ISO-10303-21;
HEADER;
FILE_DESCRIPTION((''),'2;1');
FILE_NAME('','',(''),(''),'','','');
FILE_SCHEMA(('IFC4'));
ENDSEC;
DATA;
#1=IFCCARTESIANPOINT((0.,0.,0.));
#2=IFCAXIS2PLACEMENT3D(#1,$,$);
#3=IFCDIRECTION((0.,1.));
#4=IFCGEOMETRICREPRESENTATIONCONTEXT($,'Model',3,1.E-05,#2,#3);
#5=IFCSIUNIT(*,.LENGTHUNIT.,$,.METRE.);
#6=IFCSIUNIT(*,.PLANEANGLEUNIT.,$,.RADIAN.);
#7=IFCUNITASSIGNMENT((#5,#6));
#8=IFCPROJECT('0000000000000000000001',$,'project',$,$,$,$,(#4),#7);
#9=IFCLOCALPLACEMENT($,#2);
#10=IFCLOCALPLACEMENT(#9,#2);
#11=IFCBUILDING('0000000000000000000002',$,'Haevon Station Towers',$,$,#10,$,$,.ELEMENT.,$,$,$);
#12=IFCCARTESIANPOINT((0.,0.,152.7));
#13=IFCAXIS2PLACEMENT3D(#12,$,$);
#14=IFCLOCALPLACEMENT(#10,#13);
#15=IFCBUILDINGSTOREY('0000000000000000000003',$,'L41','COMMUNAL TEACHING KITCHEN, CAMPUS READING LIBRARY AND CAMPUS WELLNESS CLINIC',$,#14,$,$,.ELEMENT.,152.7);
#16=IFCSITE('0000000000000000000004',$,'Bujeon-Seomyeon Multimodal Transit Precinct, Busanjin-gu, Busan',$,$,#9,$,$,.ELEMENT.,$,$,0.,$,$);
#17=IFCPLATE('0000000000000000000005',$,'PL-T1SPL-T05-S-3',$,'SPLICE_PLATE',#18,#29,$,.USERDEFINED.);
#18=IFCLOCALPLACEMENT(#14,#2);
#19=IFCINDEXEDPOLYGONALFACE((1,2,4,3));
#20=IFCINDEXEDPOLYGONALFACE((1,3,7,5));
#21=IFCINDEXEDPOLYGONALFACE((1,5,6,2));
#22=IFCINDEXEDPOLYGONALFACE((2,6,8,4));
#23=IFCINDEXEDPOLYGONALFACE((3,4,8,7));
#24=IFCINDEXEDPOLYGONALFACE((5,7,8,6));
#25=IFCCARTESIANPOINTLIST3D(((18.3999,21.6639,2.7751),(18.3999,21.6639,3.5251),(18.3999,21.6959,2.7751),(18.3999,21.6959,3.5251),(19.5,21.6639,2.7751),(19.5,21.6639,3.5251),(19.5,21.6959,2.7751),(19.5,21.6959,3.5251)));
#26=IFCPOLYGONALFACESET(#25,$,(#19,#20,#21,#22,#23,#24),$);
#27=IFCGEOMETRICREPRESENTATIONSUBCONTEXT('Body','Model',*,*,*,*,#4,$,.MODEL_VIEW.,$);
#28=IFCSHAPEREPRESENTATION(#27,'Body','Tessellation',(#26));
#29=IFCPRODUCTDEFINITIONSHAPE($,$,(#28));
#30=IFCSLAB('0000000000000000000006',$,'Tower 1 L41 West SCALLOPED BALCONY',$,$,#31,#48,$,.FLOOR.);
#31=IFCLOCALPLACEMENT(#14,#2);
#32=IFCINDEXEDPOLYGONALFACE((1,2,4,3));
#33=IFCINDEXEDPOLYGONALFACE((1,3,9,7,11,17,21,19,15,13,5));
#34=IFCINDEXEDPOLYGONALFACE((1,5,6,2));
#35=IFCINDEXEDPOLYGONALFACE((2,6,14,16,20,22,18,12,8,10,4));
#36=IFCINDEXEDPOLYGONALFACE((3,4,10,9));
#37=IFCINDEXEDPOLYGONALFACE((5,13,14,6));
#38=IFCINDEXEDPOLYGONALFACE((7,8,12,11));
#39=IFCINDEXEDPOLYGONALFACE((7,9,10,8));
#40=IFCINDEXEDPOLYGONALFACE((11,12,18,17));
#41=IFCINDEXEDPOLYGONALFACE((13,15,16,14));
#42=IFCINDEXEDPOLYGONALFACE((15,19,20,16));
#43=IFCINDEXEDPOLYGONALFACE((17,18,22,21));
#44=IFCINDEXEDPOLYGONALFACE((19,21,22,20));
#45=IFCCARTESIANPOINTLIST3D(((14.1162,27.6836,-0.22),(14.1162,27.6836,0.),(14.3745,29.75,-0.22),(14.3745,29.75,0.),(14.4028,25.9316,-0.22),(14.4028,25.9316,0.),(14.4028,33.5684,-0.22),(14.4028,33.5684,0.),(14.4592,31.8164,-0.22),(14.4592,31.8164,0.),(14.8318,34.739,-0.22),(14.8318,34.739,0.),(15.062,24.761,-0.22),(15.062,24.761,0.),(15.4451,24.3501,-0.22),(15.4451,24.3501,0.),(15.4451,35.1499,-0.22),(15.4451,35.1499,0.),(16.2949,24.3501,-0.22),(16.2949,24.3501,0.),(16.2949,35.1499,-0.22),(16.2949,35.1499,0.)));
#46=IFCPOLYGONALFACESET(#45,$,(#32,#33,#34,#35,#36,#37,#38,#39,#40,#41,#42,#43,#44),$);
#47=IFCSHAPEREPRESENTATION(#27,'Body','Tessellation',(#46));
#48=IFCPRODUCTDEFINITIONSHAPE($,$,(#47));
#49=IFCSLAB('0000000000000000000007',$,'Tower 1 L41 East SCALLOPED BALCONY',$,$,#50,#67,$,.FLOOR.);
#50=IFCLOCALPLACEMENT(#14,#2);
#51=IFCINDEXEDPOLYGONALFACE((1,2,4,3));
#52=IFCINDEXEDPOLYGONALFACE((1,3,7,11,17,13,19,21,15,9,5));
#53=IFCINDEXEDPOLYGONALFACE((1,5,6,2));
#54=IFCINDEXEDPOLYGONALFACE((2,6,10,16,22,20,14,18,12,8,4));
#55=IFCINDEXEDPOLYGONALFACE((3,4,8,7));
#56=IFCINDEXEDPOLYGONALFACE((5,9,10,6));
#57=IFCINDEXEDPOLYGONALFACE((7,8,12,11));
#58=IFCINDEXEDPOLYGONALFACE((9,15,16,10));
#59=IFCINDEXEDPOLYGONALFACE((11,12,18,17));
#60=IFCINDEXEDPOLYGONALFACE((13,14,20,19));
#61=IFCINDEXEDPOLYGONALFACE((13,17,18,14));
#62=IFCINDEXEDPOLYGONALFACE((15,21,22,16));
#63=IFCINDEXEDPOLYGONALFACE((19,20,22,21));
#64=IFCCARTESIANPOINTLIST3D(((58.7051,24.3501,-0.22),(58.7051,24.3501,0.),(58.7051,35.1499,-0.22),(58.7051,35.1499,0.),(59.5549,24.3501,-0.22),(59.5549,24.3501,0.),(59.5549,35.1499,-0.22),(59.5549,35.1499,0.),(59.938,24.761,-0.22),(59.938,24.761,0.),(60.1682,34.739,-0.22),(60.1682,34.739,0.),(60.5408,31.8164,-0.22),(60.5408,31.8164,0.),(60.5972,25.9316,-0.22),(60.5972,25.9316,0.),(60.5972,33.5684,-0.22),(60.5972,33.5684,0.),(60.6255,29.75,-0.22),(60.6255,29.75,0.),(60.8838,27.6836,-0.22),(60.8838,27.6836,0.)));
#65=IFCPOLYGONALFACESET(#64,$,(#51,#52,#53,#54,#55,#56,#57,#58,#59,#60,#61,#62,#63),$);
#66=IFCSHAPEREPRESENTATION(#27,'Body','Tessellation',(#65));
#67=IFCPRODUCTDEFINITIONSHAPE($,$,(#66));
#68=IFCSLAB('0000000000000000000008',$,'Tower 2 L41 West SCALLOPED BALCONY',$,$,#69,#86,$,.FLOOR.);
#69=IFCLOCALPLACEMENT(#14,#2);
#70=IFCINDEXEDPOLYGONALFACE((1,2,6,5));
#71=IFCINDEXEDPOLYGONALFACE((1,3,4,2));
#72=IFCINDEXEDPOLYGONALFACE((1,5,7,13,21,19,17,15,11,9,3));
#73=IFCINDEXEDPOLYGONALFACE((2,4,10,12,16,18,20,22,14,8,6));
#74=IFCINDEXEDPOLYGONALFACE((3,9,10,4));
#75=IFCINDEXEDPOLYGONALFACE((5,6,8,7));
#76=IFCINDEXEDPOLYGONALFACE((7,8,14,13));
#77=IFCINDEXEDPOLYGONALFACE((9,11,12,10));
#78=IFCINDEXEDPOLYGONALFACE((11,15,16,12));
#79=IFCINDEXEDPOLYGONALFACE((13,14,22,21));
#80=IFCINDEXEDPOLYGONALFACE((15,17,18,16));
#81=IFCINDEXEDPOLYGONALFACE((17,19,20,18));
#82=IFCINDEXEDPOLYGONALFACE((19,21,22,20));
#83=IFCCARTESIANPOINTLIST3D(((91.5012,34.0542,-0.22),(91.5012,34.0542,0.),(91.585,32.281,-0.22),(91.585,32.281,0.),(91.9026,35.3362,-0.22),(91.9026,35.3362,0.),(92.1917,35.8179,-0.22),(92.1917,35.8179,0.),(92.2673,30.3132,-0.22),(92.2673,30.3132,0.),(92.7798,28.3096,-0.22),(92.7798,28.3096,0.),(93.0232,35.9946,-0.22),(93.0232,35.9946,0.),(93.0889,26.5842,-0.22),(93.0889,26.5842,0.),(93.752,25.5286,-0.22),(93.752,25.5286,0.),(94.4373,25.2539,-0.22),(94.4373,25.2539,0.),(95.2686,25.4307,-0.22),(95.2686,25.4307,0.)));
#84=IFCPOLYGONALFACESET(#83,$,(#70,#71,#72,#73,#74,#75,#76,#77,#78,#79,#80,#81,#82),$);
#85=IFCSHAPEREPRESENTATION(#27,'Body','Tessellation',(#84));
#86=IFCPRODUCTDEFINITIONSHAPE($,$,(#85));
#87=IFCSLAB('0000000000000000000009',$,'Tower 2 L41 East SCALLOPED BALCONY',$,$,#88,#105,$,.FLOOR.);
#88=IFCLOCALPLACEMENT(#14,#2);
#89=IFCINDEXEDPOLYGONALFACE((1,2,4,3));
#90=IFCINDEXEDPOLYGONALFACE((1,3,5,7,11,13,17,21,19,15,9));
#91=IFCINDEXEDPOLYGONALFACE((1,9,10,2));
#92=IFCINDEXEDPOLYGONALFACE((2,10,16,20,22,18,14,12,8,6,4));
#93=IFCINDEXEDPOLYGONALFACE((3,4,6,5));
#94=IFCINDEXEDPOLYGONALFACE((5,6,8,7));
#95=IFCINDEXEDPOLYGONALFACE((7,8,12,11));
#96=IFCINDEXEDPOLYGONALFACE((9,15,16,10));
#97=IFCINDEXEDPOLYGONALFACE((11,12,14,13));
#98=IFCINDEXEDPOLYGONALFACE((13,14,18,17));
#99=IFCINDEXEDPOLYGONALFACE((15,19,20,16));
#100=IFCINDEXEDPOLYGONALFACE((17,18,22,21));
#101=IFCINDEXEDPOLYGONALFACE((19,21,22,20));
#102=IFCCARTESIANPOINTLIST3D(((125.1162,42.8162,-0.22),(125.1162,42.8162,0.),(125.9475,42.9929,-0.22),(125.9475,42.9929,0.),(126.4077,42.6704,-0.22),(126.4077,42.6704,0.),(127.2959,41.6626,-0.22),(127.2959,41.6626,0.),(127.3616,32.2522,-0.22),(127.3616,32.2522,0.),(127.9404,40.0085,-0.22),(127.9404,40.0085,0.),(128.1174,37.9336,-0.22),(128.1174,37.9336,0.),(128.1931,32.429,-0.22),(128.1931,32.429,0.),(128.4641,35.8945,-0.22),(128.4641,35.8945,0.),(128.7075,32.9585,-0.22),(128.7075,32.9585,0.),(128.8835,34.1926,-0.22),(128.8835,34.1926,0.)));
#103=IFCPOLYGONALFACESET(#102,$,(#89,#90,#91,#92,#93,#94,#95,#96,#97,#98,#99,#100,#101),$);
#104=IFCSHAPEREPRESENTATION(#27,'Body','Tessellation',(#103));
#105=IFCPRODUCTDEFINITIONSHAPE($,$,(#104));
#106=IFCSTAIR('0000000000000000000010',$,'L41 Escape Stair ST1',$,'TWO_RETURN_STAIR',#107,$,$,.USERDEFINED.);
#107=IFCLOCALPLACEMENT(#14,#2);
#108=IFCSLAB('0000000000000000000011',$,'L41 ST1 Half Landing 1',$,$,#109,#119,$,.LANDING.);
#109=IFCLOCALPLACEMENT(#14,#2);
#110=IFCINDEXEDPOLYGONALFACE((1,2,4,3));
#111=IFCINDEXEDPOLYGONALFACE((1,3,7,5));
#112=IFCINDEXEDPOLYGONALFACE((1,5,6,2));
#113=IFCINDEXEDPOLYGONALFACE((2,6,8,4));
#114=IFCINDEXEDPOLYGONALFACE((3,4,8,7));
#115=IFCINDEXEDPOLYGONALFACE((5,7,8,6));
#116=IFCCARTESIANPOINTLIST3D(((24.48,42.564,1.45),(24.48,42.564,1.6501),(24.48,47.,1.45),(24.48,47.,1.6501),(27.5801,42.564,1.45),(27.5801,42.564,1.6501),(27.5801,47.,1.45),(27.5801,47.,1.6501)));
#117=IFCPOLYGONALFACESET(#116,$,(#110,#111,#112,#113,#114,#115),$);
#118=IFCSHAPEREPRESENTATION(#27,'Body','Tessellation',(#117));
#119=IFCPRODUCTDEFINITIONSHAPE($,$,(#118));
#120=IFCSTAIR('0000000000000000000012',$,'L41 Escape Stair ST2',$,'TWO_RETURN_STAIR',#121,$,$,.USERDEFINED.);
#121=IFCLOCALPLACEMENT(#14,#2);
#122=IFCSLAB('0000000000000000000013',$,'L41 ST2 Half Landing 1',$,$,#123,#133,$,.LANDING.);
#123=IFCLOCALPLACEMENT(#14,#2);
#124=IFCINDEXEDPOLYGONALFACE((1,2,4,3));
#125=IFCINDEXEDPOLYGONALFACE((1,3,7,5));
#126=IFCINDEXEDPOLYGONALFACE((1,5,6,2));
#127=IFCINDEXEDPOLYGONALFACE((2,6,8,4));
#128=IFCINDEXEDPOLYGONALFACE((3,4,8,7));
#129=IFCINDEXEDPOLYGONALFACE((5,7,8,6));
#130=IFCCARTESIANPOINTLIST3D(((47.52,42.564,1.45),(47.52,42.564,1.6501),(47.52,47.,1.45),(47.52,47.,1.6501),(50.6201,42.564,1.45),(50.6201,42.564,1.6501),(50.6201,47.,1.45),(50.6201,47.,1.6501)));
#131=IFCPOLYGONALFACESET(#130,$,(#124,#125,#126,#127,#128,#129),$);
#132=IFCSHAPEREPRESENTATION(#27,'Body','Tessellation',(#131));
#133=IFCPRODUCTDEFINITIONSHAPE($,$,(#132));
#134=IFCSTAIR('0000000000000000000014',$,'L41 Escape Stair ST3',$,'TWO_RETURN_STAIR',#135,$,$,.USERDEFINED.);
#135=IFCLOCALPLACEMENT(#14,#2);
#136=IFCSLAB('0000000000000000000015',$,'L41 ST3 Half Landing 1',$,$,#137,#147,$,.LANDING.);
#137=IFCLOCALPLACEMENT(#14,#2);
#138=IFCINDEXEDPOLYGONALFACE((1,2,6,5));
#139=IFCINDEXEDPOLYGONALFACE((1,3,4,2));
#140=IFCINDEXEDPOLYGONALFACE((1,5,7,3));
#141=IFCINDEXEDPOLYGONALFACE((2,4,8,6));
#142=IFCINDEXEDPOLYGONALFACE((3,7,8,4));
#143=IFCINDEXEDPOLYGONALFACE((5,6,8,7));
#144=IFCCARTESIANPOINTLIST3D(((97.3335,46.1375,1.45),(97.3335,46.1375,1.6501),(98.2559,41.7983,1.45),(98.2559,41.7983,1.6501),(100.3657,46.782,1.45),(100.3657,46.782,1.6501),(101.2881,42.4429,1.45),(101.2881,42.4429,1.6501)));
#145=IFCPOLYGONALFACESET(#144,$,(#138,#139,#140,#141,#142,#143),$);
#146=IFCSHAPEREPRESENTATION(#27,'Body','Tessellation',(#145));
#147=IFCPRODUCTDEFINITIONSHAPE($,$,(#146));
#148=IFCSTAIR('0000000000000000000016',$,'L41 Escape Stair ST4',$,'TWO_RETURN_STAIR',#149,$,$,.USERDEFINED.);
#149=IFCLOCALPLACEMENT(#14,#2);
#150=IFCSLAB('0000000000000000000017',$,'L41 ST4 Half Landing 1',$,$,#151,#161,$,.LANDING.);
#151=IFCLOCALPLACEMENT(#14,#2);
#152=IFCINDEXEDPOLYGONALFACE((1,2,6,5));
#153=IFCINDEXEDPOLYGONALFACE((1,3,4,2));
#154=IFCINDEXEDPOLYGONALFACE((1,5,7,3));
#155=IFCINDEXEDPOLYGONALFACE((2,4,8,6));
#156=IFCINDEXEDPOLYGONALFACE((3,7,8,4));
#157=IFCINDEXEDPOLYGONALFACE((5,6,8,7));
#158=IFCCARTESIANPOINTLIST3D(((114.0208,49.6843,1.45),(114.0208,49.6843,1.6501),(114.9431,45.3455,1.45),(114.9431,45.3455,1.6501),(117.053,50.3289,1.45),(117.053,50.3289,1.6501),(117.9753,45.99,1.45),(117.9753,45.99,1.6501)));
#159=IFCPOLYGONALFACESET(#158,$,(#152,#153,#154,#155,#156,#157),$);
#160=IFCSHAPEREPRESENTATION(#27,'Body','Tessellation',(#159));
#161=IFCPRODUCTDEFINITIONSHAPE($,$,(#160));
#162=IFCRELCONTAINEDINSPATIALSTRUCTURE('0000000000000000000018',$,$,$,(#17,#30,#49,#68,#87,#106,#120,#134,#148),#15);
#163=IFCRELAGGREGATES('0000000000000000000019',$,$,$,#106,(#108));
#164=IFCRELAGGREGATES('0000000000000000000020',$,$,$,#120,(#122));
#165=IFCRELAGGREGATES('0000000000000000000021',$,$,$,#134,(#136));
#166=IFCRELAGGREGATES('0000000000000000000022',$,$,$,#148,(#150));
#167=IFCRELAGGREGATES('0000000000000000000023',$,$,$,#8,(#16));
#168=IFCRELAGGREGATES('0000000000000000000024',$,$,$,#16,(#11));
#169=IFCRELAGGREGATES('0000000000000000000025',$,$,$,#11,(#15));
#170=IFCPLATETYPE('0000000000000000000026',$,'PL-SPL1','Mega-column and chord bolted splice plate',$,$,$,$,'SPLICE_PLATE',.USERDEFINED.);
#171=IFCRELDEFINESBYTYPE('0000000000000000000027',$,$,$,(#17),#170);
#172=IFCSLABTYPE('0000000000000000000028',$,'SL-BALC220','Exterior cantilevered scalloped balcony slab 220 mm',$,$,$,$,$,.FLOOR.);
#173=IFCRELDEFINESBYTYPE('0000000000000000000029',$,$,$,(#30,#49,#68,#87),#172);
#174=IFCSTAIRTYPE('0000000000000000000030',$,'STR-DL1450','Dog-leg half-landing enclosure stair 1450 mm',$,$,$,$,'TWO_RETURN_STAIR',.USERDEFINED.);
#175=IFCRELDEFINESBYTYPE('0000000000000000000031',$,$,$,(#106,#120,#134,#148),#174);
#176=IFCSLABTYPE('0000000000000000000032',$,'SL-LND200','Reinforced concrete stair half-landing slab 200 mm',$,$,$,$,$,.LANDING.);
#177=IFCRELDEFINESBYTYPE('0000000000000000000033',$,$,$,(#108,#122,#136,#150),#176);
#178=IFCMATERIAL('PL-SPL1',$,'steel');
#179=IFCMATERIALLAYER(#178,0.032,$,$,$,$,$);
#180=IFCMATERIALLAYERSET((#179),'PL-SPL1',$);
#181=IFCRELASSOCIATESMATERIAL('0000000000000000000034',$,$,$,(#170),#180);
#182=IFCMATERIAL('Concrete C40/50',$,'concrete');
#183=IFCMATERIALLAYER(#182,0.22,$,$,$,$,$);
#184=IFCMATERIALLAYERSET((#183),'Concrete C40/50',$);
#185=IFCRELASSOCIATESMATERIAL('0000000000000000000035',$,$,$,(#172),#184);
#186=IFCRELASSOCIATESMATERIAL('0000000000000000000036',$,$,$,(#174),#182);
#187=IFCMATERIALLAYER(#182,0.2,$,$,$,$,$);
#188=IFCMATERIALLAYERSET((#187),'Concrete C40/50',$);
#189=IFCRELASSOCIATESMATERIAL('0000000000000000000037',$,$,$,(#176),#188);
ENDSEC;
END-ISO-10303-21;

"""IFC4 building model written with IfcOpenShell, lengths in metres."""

from ifc_helpers import new_model, si_unit, direction, frame, origin, origin_2d, place, context, subcontext, project, spatial, polyline, rectangle, outline, extrude, material, layer, layer_set, type_object, element, aggregate, save


model = new_model("IFC4")

# Units and contexts
model_context = context("Model", 3, precision=1e-05, world=origin(), true_north=direction((0.0, 1.0)))
body_context = subcontext(model_context, "Body", "Model", "MODEL_VIEW")
ifc_project = project(units=[si_unit("LENGTHUNIT", "METRE"), si_unit("PLANEANGLEUNIT", "RADIAN")], contexts=[model_context])

# Site, building, storey
site_placement = place(None, origin())
site = spatial("IfcSite", under=ifc_project, at=site_placement, Name="Bujeon-Seomyeon Multimodal Transit Precinct, Busanjin-gu, Busan", CompositionType="ELEMENT", RefElevation=0.0)
building_placement = place(site_placement, origin())
building = spatial("IfcBuilding", under=site, at=building_placement, Name="Haevon Station Towers", CompositionType="ELEMENT")
storey_placement = place(building_placement, frame((0.0, 0.0, 152.7)))
storey = spatial("IfcBuildingStorey", under=building, at=storey_placement, Name="L41", Description="COMMUNAL TEACHING KITCHEN, CAMPUS READING LIBRARY AND CAMPUS WELLNESS CLINIC", CompositionType="ELEMENT", Elevation=152.7)

# Plate
ifc_material_1 = material(Name="PL-SPL1", Category="steel")
ifc_layer_1 = layer(ifc_material_1, 0.032)
ifc_layer_set_1 = layer_set([ifc_layer_1], Name="PL-SPL1")
plate_type_1 = type_object("IfcPlateType", Name="PL-SPL1", Description="Mega-column and chord bolted splice plate", ElementType="SPLICE_PLATE", PredefinedType="USERDEFINED", material=ifc_layer_set_1)
plate_1_placement = place(storey_placement, frame((18.95, 21.6799, 2.7751), z_axis=(0.0, 0.0, 1.0), x_axis=(1.0, 0.0, 0.0)))
element("IfcPlate", 1, at=plate_1_placement, inside=storey, type_object=plate_type_1, Name="PL-T1SPL-T05-S-3", ObjectType="SPLICE_PLATE", PredefinedType="USERDEFINED", context=body_context, shape_type="SweptSolid", body=[
    extrude(rectangle(XDim=1.1001, YDim=0.032, at=origin_2d()), origin(), (0.0, 0.0, 1.0), 0.75),
])

# Slabs
ifc_material_2 = material(Name="Concrete C40/50", Category="concrete")
ifc_layer_2 = layer(ifc_material_2, 0.22)
ifc_layer_set_2 = layer_set([ifc_layer_2], Name="Concrete C40/50")
slab_type_1 = type_object("IfcSlabType", Name="SL-BALC220", Description="Exterior cantilevered scalloped balcony slab 220 mm", PredefinedType="FLOOR", material=ifc_layer_set_2)
slab_1_placement = place(storey_placement, frame((0.0, 0.0, -0.22)))
element("IfcSlab", 2, at=slab_1_placement, inside=storey, type_object=slab_type_1, Name="Tower 1 L41 West SCALLOPED BALCONY", PredefinedType="FLOOR", context=body_context, shape_type="SweptSolid", body=[
    extrude(outline(polyline([(16.2949, 35.1499), (15.4451, 35.1499), (14.8318, 34.739), (14.4028, 33.5684), (14.4592, 31.8164), (14.3745, 29.75), (14.1162, 27.6836), (14.4028, 25.9316), (15.062, 24.761), (15.4451, 24.3501), (16.2949, 24.3501), (16.2949, 35.1499)])), origin(), (0.0, 0.0, 1.0), 0.22),
])
slab_2_placement = place(storey_placement, frame((0.0, 0.0, -0.22)))
element("IfcSlab", 3, at=slab_2_placement, inside=storey, type_object=slab_type_1, Name="Tower 1 L41 East SCALLOPED BALCONY", PredefinedType="FLOOR", context=body_context, shape_type="SweptSolid", body=[
    extrude(outline(polyline([(58.7051, 24.3501), (59.5549, 24.3501), (59.938, 24.761), (60.5972, 25.9316), (60.8838, 27.6836), (60.6255, 29.75), (60.5408, 31.8164), (60.5972, 33.5684), (60.1682, 34.739), (59.5549, 35.1499), (58.7051, 35.1499), (58.7051, 24.3501)])), origin(), (0.0, 0.0, 1.0), 0.22),
])
slab_3_placement = place(storey_placement, frame((0.0, 0.0, -0.22)))
element("IfcSlab", 4, at=slab_3_placement, inside=storey, type_object=slab_type_1, Name="Tower 2 L41 West SCALLOPED BALCONY", PredefinedType="FLOOR", context=body_context, shape_type="SweptSolid", body=[
    extrude(outline(polyline([(93.0232, 35.9946), (92.1917, 35.8179), (91.9026, 35.3362), (91.5012, 34.0542), (91.585, 32.281), (92.2673, 30.3132), (92.7798, 28.3096), (93.0889, 26.5842), (93.752, 25.5286), (94.4373, 25.2539), (95.2686, 25.4307), (93.0232, 35.9946)])), origin(), (0.0, 0.0, 1.0), 0.22),
])
slab_4_placement = place(storey_placement, frame((0.0, 0.0, -0.22)))
element("IfcSlab", 5, at=slab_4_placement, inside=storey, type_object=slab_type_1, Name="Tower 2 L41 East SCALLOPED BALCONY", PredefinedType="FLOOR", context=body_context, shape_type="SweptSolid", body=[
    extrude(outline(polyline([(127.3616, 32.2522), (128.1931, 32.429), (128.7075, 32.9585), (128.8835, 34.1926), (128.4641, 35.8945), (128.1174, 37.9336), (127.9404, 40.0085), (127.2959, 41.6626), (126.4077, 42.6704), (125.9475, 42.9929), (125.1162, 42.8162), (127.3616, 32.2522)])), origin(), (0.0, 0.0, 1.0), 0.22),
])

# Stairs, slabs
stair_type = type_object("IfcStairType", Name="STR-DL1450", Description="Dog-leg half-landing enclosure stair 1450 mm", ElementType="TWO_RETURN_STAIR", PredefinedType="USERDEFINED", material=ifc_material_2)
stair_1_placement = place(storey_placement, origin())
stair_1 = element("IfcStair", 6, at=stair_1_placement, inside=storey, type_object=stair_type, Name="L41 Escape Stair ST1", ObjectType="TWO_RETURN_STAIR", PredefinedType="USERDEFINED")
ifc_layer_3 = layer(ifc_material_2, 0.2)
ifc_layer_set_3 = layer_set([ifc_layer_3], Name="Concrete C40/50")
slab_type_2 = type_object("IfcSlabType", Name="SL-LND200", Description="Reinforced concrete stair half-landing slab 200 mm", PredefinedType="LANDING", material=ifc_layer_set_3)
slab_5_placement = place(storey_placement, frame((0.0, 0.0, 1.45)))
slab_5 = element("IfcSlab", 7, at=slab_5_placement, type_object=slab_type_2, Name="L41 ST1 Half Landing 1", PredefinedType="LANDING", context=body_context, shape_type="SweptSolid", body=[
    extrude(outline(polyline([(27.5801, 42.564), (27.5801, 47.0), (24.48, 47.0), (24.48, 42.564), (27.5801, 42.564)])), origin(), (0.0, 0.0, 1.0), 0.2002),
])
aggregate(stair_1, [slab_5])
stair_2_placement = place(storey_placement, origin())
stair_2 = element("IfcStair", 8, at=stair_2_placement, inside=storey, type_object=stair_type, Name="L41 Escape Stair ST2", ObjectType="TWO_RETURN_STAIR", PredefinedType="USERDEFINED")
slab_6_placement = place(storey_placement, frame((0.0, 0.0, 1.45)))
slab_6 = element("IfcSlab", 9, at=slab_6_placement, type_object=slab_type_2, Name="L41 ST2 Half Landing 1", PredefinedType="LANDING", context=body_context, shape_type="SweptSolid", body=[
    extrude(outline(polyline([(50.6201, 42.564), (50.6201, 47.0), (47.52, 47.0), (47.52, 42.564), (50.6201, 42.564)])), origin(), (0.0, 0.0, 1.0), 0.2002),
])
aggregate(stair_2, [slab_6])
stair_3_placement = place(storey_placement, origin())
stair_3 = element("IfcStair", 10, at=stair_3_placement, inside=storey, type_object=stair_type, Name="L41 Escape Stair ST3", ObjectType="TWO_RETURN_STAIR", PredefinedType="USERDEFINED")
slab_7_placement = place(storey_placement, frame((0.0, 0.0, 1.45)))
slab_7 = element("IfcSlab", 11, at=slab_7_placement, type_object=slab_type_2, Name="L41 ST3 Half Landing 1", PredefinedType="LANDING", context=body_context, shape_type="SweptSolid", body=[
    extrude(outline(polyline([(101.2881, 42.4429), (100.3657, 46.782), (97.3335, 46.1375), (98.2559, 41.7983), (101.2881, 42.4429)])), origin(), (0.0, 0.0, 1.0), 0.2002),
])
aggregate(stair_3, [slab_7])
stair_4_placement = place(storey_placement, origin())
stair_4 = element("IfcStair", 12, at=stair_4_placement, inside=storey, type_object=stair_type, Name="L41 Escape Stair ST4", ObjectType="TWO_RETURN_STAIR", PredefinedType="USERDEFINED")
slab_8_placement = place(storey_placement, frame((0.0, 0.0, 1.45)))
slab_8 = element("IfcSlab", 13, at=slab_8_placement, type_object=slab_type_2, Name="L41 ST4 Half Landing 1", PredefinedType="LANDING", context=body_context, shape_type="SweptSolid", body=[
    extrude(outline(polyline([(117.9753, 45.99), (117.053, 50.3289), (114.0208, 49.6843), (114.9431, 45.3455), (117.9753, 45.99)])), origin(), (0.0, 0.0, 1.0), 0.2002),
])
aggregate(stair_4, [slab_8])

save(model, "model.ifc")
